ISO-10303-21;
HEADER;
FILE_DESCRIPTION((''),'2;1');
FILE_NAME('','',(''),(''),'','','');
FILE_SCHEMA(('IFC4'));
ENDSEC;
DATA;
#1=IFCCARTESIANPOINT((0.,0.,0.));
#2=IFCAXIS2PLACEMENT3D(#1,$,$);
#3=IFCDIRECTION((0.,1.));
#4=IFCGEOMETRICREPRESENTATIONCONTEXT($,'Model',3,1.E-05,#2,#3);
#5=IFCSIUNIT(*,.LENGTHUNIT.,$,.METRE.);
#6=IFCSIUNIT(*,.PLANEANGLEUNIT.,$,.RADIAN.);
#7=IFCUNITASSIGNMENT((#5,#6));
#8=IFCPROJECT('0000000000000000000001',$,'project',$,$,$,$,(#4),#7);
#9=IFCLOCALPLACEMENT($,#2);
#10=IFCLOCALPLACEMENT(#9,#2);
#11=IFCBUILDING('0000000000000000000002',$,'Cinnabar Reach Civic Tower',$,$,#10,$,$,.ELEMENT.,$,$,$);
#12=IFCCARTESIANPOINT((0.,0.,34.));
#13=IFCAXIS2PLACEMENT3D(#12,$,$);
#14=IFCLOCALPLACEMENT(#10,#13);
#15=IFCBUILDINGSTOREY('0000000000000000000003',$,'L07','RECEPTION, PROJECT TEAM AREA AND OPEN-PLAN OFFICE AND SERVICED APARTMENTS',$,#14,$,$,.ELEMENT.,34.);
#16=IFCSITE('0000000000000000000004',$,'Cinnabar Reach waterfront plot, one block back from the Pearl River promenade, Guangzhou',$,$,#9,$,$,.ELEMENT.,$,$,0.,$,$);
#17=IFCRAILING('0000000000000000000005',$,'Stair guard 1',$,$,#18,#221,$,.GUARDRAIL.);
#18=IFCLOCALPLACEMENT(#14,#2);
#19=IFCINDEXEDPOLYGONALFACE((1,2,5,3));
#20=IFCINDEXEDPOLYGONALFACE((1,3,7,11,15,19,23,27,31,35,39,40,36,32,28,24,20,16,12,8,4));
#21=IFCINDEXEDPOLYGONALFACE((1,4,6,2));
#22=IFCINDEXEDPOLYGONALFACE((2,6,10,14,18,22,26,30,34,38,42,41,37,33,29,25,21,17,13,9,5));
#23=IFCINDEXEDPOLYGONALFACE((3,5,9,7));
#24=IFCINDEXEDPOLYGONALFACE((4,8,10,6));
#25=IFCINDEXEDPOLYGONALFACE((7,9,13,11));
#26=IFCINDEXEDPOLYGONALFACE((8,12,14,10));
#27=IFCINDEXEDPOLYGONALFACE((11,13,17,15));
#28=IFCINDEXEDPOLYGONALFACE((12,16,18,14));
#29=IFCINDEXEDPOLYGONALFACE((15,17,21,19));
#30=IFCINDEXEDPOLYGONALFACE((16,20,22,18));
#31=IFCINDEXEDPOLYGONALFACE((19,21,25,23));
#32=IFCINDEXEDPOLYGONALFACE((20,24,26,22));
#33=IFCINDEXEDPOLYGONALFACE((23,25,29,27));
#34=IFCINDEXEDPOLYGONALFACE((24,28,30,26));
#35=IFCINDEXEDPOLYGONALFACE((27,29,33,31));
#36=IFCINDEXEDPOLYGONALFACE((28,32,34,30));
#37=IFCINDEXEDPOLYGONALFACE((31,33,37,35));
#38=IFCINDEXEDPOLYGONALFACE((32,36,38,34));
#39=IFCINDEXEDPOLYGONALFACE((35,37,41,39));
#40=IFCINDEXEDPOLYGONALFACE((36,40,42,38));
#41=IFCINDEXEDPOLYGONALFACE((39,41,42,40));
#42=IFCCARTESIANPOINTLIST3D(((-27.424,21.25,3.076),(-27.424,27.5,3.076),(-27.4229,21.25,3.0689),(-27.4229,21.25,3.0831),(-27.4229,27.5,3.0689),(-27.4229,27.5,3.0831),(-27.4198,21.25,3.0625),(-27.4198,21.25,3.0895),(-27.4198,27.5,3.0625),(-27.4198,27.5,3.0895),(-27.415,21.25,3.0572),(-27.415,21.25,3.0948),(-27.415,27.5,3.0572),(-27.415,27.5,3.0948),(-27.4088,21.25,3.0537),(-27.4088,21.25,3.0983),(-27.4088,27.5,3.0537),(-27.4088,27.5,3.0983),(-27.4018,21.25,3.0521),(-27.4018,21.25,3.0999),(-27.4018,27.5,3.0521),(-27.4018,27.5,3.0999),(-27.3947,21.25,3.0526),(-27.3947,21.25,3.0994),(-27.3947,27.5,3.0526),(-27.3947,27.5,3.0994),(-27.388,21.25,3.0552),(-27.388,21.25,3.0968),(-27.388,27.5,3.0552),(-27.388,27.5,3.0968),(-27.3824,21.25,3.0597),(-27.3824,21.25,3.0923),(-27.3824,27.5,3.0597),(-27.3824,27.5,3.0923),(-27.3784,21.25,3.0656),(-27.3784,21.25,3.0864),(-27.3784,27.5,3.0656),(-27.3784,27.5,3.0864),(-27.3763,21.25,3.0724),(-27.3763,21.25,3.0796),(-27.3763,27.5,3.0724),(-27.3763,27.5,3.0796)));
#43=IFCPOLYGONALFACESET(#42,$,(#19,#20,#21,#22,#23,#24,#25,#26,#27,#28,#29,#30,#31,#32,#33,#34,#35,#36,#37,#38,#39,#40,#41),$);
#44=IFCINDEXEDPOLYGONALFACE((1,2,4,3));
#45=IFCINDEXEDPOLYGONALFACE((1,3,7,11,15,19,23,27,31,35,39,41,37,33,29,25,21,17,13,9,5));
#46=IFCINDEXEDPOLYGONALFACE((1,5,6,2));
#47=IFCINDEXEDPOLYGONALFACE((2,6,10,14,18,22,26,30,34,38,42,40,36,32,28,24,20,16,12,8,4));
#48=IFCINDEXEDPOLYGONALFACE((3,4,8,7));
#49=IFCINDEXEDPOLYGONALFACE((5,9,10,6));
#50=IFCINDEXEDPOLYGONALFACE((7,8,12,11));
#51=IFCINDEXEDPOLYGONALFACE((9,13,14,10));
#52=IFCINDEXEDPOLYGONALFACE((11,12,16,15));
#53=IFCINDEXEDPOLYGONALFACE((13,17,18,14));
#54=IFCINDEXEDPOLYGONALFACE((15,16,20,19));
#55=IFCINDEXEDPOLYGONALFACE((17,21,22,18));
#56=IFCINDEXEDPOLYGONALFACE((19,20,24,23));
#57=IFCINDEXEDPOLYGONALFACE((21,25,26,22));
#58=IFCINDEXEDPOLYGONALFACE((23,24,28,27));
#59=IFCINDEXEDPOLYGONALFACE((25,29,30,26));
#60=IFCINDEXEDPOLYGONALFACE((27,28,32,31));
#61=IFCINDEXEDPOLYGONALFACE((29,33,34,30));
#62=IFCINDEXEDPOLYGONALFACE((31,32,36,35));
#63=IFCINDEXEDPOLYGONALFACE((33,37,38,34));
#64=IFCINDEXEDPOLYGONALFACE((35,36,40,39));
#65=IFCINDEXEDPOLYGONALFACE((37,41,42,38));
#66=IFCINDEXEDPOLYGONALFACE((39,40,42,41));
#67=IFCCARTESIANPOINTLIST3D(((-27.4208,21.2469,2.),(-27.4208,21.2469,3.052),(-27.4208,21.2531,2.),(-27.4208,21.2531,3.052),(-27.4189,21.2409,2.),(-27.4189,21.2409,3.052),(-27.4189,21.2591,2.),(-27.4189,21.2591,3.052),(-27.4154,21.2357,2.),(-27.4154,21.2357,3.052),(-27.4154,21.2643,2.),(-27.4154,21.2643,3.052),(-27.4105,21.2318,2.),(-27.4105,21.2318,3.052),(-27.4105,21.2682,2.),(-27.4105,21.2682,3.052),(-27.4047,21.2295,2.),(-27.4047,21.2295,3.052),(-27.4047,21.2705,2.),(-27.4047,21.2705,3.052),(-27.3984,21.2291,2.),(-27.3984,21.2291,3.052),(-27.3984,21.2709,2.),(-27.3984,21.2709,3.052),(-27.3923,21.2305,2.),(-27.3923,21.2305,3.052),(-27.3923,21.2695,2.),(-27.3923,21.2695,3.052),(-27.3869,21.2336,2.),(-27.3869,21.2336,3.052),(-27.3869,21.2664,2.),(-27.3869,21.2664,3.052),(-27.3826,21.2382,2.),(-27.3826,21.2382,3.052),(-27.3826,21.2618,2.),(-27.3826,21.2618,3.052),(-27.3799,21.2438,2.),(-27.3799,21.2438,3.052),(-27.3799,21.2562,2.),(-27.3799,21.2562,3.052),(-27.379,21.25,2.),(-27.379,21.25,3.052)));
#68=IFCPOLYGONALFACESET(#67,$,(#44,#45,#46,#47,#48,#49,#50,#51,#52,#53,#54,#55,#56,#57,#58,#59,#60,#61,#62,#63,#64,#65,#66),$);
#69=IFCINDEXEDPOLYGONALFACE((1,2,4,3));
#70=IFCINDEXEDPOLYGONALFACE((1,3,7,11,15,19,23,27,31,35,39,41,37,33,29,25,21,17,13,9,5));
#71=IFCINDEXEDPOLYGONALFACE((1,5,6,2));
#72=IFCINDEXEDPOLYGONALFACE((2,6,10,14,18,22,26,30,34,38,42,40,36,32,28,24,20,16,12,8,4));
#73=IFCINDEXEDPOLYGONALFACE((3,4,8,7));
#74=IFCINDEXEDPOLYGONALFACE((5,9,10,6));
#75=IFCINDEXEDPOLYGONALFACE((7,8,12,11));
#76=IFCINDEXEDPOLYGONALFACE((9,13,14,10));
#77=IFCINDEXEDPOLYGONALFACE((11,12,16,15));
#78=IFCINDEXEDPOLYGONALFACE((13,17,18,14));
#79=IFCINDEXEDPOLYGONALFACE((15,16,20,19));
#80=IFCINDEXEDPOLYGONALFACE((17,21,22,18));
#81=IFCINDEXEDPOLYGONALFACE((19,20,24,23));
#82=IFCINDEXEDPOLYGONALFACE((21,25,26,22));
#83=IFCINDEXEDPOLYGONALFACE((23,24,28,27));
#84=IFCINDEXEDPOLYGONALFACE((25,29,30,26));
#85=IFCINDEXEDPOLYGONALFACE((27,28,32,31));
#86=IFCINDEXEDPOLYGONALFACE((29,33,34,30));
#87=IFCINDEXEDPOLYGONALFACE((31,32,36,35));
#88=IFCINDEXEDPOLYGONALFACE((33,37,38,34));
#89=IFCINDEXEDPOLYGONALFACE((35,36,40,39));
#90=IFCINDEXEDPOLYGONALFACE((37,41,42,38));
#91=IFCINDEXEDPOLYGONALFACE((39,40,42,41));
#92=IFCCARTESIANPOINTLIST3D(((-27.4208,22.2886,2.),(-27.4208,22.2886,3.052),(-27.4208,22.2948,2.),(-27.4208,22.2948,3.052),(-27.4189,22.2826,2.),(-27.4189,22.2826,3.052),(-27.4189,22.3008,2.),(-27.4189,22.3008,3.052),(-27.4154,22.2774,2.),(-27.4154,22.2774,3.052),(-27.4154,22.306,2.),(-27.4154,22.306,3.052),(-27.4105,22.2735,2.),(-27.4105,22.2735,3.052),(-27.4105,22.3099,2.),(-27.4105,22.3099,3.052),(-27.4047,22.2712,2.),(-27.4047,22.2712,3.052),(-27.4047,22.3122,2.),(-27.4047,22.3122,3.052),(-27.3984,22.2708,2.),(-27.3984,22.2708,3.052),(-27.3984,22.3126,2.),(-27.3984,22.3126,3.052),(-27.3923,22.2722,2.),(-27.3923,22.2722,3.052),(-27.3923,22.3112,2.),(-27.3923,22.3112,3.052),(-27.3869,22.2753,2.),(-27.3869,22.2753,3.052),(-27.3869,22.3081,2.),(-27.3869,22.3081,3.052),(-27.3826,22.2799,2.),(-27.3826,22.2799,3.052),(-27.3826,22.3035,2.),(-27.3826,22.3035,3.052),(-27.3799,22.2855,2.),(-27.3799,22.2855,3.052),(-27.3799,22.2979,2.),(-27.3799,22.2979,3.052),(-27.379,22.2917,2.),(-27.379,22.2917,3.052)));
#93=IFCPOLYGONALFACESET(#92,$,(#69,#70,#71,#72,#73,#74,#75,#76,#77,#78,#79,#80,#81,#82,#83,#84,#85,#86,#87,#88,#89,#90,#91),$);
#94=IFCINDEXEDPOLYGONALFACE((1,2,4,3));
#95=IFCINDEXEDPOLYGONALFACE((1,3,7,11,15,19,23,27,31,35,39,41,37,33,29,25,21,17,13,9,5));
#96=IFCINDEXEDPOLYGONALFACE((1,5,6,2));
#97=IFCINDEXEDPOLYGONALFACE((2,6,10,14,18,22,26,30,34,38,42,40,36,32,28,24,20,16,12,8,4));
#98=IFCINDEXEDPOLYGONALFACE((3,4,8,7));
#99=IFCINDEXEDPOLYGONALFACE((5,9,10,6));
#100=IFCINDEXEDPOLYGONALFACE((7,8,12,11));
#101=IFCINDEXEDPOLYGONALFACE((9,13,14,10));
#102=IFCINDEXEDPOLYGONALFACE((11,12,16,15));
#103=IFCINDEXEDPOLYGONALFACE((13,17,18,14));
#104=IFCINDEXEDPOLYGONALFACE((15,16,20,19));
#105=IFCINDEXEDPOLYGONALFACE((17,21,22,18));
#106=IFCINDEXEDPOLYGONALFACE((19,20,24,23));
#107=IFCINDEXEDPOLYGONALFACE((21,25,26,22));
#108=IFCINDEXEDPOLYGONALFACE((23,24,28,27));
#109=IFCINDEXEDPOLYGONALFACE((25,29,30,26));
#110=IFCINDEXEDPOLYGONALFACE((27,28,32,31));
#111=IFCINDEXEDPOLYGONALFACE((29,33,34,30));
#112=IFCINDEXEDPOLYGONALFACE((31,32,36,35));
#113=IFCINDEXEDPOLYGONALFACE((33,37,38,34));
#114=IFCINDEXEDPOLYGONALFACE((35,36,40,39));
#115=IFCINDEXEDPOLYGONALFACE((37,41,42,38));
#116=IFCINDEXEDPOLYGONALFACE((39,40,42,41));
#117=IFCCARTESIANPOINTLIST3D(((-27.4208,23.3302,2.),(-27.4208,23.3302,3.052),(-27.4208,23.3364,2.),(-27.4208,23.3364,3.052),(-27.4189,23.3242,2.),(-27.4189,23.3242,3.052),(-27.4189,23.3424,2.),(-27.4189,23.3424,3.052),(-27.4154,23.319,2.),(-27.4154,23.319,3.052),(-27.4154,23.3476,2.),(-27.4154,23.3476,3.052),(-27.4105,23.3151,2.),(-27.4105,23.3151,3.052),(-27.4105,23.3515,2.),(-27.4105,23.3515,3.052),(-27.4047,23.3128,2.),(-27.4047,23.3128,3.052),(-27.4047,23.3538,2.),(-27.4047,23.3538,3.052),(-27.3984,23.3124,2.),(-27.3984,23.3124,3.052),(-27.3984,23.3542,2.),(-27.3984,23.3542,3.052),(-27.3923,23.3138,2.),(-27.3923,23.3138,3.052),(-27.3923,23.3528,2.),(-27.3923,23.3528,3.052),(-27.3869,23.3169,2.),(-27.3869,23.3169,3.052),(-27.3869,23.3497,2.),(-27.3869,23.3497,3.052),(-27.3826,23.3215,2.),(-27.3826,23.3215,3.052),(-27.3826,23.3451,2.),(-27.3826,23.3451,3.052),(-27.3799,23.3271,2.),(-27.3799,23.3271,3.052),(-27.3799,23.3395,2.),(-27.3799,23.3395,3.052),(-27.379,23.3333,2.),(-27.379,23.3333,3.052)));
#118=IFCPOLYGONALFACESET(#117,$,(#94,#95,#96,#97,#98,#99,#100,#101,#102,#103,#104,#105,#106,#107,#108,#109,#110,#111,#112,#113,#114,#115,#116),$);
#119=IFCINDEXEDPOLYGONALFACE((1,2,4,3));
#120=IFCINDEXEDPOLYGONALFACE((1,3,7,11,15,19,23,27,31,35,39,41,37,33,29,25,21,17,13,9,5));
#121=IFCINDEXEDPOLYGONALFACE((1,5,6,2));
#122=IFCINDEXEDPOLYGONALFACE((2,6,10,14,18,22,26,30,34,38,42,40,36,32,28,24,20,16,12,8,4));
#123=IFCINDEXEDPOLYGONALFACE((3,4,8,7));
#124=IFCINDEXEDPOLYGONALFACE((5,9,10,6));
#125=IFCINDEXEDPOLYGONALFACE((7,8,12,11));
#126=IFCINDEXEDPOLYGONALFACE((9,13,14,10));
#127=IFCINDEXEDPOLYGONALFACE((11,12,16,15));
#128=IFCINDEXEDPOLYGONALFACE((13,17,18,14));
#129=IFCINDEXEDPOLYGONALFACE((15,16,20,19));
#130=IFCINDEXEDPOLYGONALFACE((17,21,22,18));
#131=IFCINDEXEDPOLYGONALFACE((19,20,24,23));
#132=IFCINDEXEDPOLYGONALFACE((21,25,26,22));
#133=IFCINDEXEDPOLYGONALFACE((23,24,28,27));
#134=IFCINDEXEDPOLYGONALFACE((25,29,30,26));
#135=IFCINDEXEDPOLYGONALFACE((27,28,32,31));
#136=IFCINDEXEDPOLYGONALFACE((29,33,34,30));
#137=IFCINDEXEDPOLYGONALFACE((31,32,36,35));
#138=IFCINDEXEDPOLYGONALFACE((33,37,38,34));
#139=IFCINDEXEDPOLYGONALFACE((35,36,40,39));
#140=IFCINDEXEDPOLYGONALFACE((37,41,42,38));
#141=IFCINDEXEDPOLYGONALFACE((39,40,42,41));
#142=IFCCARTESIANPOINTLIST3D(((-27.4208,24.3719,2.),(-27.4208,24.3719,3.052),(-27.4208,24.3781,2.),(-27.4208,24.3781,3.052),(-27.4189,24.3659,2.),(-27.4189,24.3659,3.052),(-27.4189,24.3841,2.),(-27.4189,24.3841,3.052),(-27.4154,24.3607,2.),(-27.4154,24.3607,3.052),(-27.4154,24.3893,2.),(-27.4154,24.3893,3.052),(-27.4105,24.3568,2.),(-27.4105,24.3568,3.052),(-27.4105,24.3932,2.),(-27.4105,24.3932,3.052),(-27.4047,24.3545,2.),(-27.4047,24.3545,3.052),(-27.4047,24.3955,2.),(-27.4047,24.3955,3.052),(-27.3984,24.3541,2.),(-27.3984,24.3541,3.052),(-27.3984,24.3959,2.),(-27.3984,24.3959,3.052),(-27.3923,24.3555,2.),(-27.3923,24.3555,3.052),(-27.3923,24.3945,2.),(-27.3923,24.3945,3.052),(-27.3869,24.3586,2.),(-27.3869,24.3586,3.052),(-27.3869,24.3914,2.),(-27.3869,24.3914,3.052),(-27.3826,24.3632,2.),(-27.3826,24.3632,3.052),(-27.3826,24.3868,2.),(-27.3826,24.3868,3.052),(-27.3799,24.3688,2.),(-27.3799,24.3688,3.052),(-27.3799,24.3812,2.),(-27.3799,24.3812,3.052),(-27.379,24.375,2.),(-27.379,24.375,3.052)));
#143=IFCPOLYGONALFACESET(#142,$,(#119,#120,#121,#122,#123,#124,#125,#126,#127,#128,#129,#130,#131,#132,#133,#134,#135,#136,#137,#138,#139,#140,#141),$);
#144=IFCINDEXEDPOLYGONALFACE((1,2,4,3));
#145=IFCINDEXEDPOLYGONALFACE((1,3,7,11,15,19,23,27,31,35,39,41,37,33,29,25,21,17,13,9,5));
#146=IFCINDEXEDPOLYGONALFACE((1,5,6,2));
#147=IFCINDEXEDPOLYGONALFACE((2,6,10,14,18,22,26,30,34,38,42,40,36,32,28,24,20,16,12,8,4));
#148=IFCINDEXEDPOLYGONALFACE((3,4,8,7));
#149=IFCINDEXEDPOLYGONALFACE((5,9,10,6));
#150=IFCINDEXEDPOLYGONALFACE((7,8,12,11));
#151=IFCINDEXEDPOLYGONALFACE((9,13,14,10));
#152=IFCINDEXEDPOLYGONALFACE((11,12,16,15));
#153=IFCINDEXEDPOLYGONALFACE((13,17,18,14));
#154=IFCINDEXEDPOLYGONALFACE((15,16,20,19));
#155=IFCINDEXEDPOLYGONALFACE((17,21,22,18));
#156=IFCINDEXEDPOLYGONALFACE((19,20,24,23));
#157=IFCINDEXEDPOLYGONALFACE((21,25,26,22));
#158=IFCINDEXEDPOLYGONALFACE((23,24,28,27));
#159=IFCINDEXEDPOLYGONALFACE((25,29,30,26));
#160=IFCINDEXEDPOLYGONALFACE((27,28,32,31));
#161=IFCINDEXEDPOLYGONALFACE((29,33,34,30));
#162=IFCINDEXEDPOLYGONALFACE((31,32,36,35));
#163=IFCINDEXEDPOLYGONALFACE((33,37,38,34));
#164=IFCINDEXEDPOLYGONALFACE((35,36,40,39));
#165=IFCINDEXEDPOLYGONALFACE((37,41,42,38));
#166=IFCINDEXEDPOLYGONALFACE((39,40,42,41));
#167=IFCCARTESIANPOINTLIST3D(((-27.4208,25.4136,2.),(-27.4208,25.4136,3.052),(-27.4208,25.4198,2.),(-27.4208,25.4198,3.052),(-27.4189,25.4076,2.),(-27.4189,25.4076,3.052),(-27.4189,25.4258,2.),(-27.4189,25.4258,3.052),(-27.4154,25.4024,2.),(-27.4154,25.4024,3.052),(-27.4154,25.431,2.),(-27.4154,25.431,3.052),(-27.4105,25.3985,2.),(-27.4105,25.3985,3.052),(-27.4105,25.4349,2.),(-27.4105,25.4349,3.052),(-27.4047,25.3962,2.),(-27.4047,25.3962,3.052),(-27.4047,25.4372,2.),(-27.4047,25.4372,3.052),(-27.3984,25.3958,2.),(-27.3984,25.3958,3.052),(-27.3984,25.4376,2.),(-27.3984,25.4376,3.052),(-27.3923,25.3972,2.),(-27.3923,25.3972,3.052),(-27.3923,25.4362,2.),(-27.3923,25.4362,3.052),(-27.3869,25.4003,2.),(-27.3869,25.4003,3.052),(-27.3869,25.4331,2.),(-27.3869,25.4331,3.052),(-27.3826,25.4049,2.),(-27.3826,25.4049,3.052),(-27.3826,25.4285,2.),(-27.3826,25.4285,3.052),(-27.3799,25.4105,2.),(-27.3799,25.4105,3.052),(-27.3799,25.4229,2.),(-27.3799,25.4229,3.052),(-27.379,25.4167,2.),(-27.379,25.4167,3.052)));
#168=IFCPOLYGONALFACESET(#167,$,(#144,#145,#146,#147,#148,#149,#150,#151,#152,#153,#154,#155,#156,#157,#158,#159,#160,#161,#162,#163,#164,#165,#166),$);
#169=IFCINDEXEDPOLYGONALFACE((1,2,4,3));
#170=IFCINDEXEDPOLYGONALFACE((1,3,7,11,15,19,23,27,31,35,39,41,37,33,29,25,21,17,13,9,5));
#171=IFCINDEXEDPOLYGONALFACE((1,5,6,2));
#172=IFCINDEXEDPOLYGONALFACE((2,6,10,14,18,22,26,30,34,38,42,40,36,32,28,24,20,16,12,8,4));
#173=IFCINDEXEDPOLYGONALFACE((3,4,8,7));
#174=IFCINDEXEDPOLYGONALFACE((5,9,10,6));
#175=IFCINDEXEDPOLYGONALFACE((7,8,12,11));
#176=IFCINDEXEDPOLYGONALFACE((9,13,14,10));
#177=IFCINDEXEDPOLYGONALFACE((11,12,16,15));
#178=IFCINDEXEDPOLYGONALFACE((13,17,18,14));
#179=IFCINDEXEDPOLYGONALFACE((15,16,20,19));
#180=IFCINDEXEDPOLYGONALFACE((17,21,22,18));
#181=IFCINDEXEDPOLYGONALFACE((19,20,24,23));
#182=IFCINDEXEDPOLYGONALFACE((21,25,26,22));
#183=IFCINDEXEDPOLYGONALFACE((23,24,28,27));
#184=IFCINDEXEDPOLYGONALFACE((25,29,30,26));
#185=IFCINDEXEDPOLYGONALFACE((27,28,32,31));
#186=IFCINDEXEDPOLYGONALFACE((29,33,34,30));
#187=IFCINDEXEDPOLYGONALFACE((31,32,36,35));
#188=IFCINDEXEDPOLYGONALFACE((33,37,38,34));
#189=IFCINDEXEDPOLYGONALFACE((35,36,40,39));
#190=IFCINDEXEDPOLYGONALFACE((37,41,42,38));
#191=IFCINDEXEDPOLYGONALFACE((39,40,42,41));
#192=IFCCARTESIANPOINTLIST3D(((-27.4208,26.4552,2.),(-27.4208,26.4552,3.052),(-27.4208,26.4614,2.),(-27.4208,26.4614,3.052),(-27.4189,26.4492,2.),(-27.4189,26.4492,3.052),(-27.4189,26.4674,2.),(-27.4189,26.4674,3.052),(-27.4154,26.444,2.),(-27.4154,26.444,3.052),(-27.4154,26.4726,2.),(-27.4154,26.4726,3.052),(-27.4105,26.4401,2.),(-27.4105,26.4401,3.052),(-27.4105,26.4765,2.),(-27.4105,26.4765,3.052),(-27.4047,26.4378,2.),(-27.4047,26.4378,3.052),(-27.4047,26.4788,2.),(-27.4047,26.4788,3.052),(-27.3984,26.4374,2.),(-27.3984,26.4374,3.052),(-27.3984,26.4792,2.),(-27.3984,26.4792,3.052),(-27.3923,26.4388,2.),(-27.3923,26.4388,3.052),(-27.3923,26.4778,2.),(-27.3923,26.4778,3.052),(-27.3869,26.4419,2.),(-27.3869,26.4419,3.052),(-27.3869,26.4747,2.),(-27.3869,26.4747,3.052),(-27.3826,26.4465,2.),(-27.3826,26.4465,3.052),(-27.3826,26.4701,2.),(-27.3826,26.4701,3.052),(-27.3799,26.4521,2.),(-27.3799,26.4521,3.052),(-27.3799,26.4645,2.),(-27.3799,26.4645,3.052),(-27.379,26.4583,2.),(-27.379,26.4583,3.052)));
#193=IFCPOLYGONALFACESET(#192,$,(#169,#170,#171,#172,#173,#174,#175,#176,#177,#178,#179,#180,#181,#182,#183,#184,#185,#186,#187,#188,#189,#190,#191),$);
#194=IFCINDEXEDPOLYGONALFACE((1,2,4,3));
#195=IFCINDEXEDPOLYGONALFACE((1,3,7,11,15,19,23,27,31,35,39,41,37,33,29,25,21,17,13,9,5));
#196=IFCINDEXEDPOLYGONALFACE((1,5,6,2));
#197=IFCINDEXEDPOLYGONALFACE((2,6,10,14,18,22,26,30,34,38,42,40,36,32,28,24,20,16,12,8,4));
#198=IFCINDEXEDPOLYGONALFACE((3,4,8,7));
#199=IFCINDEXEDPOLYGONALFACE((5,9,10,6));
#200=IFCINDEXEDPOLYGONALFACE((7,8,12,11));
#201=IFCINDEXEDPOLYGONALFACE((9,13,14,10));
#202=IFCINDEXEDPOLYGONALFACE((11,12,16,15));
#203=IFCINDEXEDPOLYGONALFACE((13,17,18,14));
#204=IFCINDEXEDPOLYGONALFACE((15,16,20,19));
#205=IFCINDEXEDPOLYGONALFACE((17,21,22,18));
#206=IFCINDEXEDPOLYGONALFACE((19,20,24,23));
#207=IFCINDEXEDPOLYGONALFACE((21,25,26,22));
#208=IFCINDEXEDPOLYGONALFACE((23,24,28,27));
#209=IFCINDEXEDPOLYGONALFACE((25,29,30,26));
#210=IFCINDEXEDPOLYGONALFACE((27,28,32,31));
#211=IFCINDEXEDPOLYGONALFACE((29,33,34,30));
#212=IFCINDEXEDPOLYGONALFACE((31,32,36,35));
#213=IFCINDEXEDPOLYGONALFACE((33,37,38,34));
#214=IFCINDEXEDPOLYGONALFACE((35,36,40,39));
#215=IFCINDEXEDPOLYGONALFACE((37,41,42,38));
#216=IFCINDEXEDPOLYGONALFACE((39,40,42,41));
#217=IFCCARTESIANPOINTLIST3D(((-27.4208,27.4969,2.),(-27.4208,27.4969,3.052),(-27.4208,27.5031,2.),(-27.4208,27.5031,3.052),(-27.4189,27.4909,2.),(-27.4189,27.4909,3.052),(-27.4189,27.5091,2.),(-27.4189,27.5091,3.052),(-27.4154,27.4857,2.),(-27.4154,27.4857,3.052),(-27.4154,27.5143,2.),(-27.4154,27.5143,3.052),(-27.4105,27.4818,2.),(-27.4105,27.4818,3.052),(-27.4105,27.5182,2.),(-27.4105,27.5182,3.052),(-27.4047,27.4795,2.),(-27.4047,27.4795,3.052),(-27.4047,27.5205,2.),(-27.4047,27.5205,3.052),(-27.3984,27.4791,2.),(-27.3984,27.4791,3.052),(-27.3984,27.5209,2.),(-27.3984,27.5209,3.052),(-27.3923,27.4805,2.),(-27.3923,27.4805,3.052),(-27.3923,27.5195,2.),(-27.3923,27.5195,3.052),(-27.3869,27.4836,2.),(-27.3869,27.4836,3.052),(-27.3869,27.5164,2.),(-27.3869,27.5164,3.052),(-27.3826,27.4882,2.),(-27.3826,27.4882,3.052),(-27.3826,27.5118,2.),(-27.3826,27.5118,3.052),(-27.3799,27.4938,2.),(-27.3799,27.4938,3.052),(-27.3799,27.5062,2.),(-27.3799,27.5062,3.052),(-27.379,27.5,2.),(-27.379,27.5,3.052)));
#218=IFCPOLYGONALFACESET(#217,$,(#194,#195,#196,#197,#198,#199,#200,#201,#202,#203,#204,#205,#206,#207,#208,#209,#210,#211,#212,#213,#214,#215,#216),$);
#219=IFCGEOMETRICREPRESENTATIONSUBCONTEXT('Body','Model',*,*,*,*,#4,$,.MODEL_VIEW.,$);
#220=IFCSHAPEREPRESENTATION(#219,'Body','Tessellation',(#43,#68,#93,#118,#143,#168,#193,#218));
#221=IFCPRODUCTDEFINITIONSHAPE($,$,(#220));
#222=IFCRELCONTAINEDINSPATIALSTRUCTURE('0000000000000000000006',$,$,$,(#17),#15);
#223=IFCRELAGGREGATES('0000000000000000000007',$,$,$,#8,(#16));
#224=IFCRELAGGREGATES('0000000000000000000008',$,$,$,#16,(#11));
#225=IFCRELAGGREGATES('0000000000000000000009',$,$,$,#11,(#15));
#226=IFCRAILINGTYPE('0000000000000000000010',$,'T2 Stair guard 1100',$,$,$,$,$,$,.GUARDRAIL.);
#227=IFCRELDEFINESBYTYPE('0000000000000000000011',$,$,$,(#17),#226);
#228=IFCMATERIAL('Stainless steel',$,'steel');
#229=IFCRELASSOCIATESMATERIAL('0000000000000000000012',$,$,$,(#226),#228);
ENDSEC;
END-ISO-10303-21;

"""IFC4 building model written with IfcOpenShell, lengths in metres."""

from ifc_helpers import new_model, si_unit, direction, frame, origin, origin_2d, place, context, subcontext, project, spatial, circle, extrude, material, type_object, element, save


model = new_model("IFC4")

# Units and contexts
model_context = context("Model", 3, precision=1e-05, world=origin(), true_north=direction((0.0, 1.0)))
body_context = subcontext(model_context, "Body", "Model", "MODEL_VIEW")
ifc_project = project(units=[si_unit("LENGTHUNIT", "METRE"), si_unit("PLANEANGLEUNIT", "RADIAN")], contexts=[model_context])

# Site, building, storey
site_placement = place(None, origin())
site = spatial("IfcSite", under=ifc_project, at=site_placement, Name="Cinnabar Reach waterfront plot, one block back from the Pearl River promenade, Guangzhou", CompositionType="ELEMENT", RefElevation=0.0)
building_placement = place(site_placement, origin())
building = spatial("IfcBuilding", under=site, at=building_placement, Name="Cinnabar Reach Civic Tower", CompositionType="ELEMENT")
storey_placement = place(building_placement, frame((0.0, 0.0, 34.0)))
storey = spatial("IfcBuildingStorey", under=building, at=storey_placement, Name="L07", Description="RECEPTION, PROJECT TEAM AREA AND OPEN-PLAN OFFICE AND SERVICED APARTMENTS", CompositionType="ELEMENT", Elevation=34.0)

# Railing
ifc_material_1 = material(Name="Stainless steel", Category="steel")
railing_type = type_object("IfcRailingType", Name="T2 Stair guard 1100", PredefinedType="GUARDRAIL", material=ifc_material_1)
for number, where, name in (
    (1, (-27.4, 21.25, 2.0), "Stair guard 1"),
):
    element("IfcRailing", number, at=place(storey_placement, frame(where)), inside=storey, type_object=railing_type, Name=name, PredefinedType="GUARDRAIL", context=body_context, shape_type="SweptSolid", body=[
        extrude(circle(Radius=0.024, at=origin_2d()), frame((0.0, 0.0, 1.076), z_axis=(0.0, 1.0, 0.0), x_axis=(-1.0, 0.0, 0.0)), (0.0, 0.0, 1.0), 6.25),
        extrude(circle(Radius=0.021, at=origin_2d()), origin(), (0.0, 0.0, 1.0), 1.052),
        extrude(circle(Radius=0.021, at=origin_2d()), frame((0.0, 1.0417, 0.0)), (0.0, 0.0, 1.0), 1.052),
        extrude(circle(Radius=0.021, at=origin_2d()), frame((0.0, 2.0833, 0.0)), (0.0, 0.0, 1.0), 1.052),
        extrude(circle(Radius=0.021, at=origin_2d()), frame((0.0, 3.125, 0.0)), (0.0, 0.0, 1.0), 1.052),
        extrude(circle(Radius=0.021, at=origin_2d()), frame((0.0, 4.1667, 0.0)), (0.0, 0.0, 1.0), 1.052),
        extrude(circle(Radius=0.021, at=origin_2d()), frame((0.0, 5.2083, 0.0)), (0.0, 0.0, 1.0), 1.052),
        extrude(circle(Radius=0.021, at=origin_2d()), frame((0.0, 6.25, 0.0)), (0.0, 0.0, 1.0), 1.052),
    ])

save(model, "model.ifc")
